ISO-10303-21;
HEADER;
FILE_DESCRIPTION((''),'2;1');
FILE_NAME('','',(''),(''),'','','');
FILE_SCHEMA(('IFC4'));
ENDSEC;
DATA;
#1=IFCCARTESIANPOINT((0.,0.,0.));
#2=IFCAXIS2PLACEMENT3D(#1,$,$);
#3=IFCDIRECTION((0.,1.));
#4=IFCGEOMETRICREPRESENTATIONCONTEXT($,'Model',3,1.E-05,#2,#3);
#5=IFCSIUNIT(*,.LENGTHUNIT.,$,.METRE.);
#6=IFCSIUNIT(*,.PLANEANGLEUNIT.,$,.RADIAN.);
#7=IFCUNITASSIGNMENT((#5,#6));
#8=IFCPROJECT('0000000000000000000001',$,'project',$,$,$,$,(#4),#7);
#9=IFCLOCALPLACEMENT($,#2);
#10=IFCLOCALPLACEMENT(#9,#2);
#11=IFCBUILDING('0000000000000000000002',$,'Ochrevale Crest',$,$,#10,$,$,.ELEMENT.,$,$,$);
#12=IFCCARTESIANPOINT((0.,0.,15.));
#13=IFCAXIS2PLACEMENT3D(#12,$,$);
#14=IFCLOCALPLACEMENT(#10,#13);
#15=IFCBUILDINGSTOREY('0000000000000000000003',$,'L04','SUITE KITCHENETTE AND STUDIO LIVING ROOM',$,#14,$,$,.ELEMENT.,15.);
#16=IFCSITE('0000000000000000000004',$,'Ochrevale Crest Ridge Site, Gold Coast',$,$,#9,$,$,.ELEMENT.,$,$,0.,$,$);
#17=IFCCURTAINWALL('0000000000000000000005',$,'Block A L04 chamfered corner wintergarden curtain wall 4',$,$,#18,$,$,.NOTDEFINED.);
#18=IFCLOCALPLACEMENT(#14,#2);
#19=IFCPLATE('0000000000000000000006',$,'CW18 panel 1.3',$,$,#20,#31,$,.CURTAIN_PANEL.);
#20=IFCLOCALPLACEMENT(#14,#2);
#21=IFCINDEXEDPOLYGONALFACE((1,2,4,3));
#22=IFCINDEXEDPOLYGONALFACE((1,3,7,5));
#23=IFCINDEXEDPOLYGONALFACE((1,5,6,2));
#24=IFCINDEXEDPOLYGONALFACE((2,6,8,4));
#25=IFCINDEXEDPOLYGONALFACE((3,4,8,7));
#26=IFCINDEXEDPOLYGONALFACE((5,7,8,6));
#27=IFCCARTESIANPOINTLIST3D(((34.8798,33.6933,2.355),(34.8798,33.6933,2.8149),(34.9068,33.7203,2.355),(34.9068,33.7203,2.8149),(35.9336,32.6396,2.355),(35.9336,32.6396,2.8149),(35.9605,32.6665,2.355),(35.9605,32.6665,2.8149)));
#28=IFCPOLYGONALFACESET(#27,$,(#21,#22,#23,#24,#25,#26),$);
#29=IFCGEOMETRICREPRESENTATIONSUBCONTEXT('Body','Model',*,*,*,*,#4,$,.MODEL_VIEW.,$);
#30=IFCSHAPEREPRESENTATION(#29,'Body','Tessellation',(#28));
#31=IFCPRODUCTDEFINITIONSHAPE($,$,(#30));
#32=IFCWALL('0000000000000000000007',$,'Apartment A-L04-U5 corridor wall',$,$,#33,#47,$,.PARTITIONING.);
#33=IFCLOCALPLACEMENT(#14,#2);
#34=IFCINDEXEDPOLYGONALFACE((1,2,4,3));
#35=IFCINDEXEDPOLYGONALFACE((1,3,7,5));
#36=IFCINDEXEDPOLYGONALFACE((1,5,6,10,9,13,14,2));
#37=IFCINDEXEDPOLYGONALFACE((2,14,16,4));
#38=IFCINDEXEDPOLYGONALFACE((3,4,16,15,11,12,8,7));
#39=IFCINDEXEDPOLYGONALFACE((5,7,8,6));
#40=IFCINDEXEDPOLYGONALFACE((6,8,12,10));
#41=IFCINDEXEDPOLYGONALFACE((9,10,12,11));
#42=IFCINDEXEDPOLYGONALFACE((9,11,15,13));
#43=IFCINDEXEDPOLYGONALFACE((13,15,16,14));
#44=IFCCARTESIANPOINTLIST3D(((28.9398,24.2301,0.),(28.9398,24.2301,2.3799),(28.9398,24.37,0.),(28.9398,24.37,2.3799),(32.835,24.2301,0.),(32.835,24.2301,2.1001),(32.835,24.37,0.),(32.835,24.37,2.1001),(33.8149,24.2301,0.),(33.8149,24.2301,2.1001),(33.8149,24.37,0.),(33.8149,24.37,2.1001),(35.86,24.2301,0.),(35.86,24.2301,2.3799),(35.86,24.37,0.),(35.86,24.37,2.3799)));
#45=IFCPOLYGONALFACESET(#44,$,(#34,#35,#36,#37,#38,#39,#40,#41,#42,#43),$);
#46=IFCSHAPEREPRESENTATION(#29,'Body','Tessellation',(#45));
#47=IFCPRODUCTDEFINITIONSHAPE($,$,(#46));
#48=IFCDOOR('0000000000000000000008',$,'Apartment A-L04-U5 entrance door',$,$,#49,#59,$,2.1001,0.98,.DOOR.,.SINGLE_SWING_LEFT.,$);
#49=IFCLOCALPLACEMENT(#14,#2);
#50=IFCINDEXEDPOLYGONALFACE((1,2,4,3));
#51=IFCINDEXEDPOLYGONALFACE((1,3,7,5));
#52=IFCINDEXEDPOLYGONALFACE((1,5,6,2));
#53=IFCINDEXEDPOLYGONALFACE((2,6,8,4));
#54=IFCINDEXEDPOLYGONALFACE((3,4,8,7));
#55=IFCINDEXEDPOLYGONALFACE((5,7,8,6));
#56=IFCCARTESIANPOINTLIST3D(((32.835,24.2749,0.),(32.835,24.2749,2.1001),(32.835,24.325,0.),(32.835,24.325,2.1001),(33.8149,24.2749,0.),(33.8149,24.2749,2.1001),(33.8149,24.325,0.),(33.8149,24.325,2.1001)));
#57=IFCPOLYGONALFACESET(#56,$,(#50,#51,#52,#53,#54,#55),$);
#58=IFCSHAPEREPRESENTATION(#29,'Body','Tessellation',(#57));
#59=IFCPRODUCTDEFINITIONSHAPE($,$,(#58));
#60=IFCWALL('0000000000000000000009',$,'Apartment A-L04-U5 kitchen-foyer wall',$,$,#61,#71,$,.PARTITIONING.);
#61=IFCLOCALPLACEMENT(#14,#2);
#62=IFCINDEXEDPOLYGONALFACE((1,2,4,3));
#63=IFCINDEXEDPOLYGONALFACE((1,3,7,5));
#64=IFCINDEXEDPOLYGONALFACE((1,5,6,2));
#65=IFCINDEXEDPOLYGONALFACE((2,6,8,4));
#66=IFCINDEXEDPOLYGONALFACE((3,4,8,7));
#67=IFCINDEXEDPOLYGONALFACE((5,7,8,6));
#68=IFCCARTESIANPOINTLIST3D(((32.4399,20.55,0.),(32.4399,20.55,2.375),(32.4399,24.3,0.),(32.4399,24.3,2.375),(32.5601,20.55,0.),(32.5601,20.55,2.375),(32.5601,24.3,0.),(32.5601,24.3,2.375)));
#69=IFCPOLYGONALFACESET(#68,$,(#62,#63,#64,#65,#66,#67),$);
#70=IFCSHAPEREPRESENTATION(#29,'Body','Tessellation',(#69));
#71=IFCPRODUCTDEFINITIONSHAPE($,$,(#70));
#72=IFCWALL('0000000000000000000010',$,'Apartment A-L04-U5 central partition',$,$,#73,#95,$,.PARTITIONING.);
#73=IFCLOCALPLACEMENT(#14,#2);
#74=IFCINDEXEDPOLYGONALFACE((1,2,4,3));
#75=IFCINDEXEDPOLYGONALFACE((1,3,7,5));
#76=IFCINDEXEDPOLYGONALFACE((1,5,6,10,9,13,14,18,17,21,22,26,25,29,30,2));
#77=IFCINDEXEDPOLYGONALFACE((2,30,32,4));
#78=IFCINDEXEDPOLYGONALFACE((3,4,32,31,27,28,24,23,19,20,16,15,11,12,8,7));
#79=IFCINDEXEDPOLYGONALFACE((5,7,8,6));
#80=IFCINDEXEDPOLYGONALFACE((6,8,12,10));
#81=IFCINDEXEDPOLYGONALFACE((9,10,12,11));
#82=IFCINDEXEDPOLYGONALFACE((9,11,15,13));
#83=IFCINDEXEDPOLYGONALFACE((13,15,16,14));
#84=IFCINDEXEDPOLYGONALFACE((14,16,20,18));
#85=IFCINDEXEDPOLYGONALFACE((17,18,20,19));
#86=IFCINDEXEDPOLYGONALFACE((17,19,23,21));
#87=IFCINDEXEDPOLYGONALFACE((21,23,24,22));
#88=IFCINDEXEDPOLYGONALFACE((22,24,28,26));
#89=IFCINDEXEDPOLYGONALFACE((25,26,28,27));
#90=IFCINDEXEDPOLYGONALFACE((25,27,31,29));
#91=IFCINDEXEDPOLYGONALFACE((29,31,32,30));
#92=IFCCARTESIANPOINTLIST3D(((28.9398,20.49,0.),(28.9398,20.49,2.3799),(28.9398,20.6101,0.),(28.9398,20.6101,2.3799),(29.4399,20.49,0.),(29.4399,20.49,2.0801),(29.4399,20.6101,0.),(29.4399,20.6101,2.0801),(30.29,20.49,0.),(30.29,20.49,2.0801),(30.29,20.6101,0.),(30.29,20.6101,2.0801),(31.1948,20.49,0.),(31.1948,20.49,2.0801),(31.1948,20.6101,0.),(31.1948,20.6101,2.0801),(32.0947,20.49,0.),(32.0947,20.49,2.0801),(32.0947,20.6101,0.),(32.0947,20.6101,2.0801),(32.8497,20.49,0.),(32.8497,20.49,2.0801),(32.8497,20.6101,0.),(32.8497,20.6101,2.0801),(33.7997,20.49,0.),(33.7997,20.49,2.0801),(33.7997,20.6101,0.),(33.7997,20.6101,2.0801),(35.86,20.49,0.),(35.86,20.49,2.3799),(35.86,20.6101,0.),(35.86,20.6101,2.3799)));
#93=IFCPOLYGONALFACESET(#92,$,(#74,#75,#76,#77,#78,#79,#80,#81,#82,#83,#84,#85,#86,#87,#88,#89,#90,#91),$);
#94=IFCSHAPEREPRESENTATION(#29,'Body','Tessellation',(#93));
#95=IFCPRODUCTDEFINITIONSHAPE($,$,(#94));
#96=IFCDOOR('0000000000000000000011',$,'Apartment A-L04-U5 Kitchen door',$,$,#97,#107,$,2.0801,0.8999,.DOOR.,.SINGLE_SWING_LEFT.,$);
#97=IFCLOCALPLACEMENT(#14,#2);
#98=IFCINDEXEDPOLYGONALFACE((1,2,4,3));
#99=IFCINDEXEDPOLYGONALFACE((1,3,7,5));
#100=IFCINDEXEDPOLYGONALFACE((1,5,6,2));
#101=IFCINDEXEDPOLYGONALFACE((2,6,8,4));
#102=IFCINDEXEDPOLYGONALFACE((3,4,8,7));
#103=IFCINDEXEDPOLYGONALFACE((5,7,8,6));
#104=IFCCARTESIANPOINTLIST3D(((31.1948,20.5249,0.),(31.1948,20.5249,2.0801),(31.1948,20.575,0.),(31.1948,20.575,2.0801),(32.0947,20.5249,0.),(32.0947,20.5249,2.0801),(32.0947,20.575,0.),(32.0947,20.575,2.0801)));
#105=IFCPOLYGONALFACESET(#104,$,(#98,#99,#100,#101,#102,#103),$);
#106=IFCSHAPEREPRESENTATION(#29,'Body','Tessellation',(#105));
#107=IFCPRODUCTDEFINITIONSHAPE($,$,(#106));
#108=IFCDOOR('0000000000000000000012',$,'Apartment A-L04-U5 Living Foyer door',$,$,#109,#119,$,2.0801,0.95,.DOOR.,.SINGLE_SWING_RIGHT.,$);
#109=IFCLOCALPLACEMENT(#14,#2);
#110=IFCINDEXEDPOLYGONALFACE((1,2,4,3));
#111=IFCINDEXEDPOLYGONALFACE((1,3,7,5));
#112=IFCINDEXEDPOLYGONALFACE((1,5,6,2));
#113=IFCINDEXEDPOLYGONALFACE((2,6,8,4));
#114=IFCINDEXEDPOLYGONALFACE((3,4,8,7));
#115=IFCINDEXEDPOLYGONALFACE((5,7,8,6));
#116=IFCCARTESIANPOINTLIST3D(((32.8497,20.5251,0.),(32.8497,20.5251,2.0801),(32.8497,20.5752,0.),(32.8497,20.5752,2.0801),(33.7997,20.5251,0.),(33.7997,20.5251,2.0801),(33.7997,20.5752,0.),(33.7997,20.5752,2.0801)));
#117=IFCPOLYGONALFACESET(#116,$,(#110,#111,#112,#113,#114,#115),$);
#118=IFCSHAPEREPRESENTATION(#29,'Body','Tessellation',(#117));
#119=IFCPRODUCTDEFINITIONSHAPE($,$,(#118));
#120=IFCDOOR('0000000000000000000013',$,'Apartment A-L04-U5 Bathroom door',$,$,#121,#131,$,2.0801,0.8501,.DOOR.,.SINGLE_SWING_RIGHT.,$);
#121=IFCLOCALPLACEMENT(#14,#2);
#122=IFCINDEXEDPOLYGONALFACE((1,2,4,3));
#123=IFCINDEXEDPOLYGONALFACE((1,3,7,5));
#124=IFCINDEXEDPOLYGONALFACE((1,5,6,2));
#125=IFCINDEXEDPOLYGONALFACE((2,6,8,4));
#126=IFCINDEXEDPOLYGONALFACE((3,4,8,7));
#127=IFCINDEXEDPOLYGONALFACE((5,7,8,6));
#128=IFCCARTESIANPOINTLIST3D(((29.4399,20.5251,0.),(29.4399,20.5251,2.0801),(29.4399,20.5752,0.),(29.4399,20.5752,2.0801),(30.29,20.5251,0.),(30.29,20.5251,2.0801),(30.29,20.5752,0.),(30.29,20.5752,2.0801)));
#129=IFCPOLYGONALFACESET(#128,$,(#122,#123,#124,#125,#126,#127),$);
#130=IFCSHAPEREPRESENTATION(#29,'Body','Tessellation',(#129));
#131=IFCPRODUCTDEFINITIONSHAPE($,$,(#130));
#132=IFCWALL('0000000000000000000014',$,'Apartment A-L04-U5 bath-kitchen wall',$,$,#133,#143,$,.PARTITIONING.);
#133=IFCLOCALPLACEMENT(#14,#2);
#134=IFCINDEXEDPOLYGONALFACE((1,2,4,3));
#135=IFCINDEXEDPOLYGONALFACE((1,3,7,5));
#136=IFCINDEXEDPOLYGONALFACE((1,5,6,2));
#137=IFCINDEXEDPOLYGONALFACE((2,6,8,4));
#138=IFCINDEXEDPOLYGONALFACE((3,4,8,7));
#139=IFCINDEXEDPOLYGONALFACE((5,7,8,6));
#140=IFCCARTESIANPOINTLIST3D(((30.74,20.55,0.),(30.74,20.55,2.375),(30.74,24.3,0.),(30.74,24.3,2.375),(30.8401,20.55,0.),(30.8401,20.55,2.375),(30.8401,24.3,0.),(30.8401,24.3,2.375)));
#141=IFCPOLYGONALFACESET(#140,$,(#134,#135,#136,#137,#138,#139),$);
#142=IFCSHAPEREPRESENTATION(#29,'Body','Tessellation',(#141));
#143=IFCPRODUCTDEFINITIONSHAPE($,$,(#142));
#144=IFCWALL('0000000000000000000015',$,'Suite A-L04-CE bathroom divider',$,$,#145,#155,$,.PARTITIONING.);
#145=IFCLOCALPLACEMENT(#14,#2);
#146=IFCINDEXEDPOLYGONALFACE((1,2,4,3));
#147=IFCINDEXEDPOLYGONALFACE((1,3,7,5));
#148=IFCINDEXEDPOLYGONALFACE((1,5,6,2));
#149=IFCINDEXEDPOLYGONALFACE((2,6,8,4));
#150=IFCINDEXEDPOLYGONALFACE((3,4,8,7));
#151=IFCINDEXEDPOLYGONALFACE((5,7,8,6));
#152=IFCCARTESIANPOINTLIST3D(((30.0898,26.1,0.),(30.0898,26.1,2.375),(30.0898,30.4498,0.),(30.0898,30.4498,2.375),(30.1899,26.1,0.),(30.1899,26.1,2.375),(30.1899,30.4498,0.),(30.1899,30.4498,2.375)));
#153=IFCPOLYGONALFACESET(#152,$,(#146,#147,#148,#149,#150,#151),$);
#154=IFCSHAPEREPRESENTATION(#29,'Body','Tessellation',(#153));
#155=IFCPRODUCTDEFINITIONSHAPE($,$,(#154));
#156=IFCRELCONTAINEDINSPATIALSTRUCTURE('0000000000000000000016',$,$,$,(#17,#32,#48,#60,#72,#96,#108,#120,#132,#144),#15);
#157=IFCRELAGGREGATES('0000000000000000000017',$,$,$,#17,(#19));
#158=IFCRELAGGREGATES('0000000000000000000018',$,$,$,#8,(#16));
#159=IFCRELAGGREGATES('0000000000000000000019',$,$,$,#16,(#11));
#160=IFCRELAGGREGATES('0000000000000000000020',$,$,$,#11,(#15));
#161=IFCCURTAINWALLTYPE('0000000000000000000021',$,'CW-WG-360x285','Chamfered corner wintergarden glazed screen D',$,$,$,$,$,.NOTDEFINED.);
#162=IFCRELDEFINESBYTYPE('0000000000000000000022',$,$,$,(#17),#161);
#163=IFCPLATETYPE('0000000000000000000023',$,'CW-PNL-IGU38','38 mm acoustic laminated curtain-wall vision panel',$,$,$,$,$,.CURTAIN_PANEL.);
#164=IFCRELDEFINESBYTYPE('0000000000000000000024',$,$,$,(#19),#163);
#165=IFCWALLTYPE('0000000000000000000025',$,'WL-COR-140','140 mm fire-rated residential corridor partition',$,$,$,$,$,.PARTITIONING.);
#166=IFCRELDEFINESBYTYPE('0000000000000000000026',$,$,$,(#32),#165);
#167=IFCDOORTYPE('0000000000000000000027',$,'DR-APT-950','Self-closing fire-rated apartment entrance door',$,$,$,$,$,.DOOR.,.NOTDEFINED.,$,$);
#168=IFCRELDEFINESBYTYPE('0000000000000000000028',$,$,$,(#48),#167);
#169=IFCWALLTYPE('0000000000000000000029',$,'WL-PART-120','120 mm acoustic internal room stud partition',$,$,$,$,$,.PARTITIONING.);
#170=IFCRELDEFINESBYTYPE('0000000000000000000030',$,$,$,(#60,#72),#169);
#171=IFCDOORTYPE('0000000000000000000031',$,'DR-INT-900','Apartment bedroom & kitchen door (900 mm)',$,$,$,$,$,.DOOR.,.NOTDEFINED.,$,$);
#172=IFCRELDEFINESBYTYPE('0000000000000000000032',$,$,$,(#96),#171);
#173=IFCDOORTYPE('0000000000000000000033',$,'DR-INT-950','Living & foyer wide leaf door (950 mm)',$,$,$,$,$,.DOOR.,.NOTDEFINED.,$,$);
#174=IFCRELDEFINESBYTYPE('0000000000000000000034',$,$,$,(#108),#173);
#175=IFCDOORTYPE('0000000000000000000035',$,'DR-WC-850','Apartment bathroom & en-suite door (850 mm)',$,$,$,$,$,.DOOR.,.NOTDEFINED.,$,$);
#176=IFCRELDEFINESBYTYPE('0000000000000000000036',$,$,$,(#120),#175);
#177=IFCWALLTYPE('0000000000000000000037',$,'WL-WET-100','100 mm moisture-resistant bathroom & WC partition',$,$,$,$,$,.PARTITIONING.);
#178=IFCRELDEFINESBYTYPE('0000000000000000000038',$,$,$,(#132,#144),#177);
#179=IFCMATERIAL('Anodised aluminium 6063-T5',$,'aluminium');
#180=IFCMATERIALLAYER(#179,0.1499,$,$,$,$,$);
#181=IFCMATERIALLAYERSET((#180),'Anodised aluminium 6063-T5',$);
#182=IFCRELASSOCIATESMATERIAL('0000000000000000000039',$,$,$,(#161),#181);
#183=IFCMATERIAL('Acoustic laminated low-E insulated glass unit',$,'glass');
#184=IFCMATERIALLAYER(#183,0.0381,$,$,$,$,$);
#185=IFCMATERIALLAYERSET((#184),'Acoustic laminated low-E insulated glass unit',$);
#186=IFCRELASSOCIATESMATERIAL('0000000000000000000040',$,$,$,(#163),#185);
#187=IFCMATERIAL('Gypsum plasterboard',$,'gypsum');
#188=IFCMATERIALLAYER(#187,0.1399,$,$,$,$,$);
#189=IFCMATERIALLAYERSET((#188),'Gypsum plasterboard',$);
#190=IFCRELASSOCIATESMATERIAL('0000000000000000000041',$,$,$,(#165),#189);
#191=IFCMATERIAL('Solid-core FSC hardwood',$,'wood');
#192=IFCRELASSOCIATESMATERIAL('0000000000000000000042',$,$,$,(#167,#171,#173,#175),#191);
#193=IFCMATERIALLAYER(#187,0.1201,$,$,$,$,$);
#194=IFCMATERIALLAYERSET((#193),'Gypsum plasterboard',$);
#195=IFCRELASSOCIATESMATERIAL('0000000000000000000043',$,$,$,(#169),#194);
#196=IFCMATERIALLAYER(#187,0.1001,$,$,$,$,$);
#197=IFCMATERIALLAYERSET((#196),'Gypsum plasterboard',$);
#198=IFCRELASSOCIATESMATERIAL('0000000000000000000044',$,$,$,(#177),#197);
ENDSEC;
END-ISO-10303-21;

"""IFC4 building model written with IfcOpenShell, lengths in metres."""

from ifc_helpers import new_model, si_unit, direction, frame, frame_2d, origin, origin_2d, place, context, subcontext, project, spatial, rectangle, extrude, material, layer, layer_set, type_object, element, fill, aggregate, save


model = new_model("IFC4")

# Units and contexts
model_context = context("Model", 3, precision=1e-05, world=origin(), true_north=direction((0.0, 1.0)))
body_context = subcontext(model_context, "Body", "Model", "MODEL_VIEW")
ifc_project = project(units=[si_unit("LENGTHUNIT", "METRE"), si_unit("PLANEANGLEUNIT", "RADIAN")], contexts=[model_context])

# Site, building, storey
site_placement = place(None, origin())
site = spatial("IfcSite", under=ifc_project, at=site_placement, Name="Ochrevale Crest Ridge Site, Gold Coast", CompositionType="ELEMENT", RefElevation=0.0)
building_placement = place(site_placement, origin())
building = spatial("IfcBuilding", under=site, at=building_placement, Name="Ochrevale Crest", CompositionType="ELEMENT")
storey_placement = place(building_placement, frame((0.0, 0.0, 15.0)))
storey = spatial("IfcBuildingStorey", under=building, at=storey_placement, Name="L04", Description="SUITE KITCHENETTE AND STUDIO LIVING ROOM", CompositionType="ELEMENT", Elevation=15.0)

# Curtain wall, plate
ifc_material_1 = material(Name="Anodised aluminium 6063-T5", Category="aluminium")
ifc_layer_1 = layer(ifc_material_1, 0.1499)
ifc_layer_set_1 = layer_set([ifc_layer_1], Name="Anodised aluminium 6063-T5")
curtain_wall_type = type_object("IfcCurtainWallType", Name="CW-WG-360x285", Description="Chamfered corner wintergarden glazed screen D", PredefinedType="NOTDEFINED", material=ifc_layer_set_1)
curtain_wall_placement = place(storey_placement, origin())
curtain_wall = element("IfcCurtainWall", 1, at=curtain_wall_placement, inside=storey, type_object=curtain_wall_type, Name="Block A L04 chamfered corner wintergarden curtain wall 4", PredefinedType="NOTDEFINED")
ifc_material_2 = material(Name="Acoustic laminated low-E insulated glass unit", Category="glass")
ifc_layer_2 = layer(ifc_material_2, 0.0381)
ifc_layer_set_2 = layer_set([ifc_layer_2], Name="Acoustic laminated low-E insulated glass unit")
plate_type = type_object("IfcPlateType", Name="CW-PNL-IGU38", Description="38 mm acoustic laminated curtain-wall vision panel", PredefinedType="CURTAIN_PANEL", material=ifc_layer_set_2)
plate_1_placement = place(storey_placement, frame((35.4202, 33.1799, 2.355), z_axis=(0.0, 0.0, 1.0), x_axis=(-0.707107, 0.707107, 0.0)))
plate_1 = element("IfcPlate", 2, at=plate_1_placement, type_object=plate_type, Name="CW18 panel 1.3", PredefinedType="CURTAIN_PANEL", context=body_context, shape_type="SweptSolid", body=[
    extrude(rectangle(XDim=1.4902, YDim=0.0381, at=origin_2d()), origin(), (0.0, 0.0, 1.0), 0.46),
])
aggregate(curtain_wall, [plate_1])

# Wall, opening, door
ifc_material_3 = material(Name="Gypsum plasterboard", Category="gypsum")
ifc_layer_3 = layer(ifc_material_3, 0.1399)
ifc_layer_set_3 = layer_set([ifc_layer_3], Name="Gypsum plasterboard")
wall_type_1 = type_object("IfcWallType", Name="WL-COR-140", Description="140 mm fire-rated residential corridor partition", PredefinedType="PARTITIONING", material=ifc_layer_set_3)
wall_1_placement = place(storey_placement, frame((28.9399, 24.3, 0.0), z_axis=(0.0, 0.0, 1.0), x_axis=(1.0, 0.0, 0.0)))
wall_1 = element("IfcWall", 3, at=wall_1_placement, inside=storey, type_object=wall_type_1, Name="Apartment A-L04-U5 corridor wall", PredefinedType="PARTITIONING", context=body_context, shape_type="SweptSolid", body=[
    extrude(rectangle(XDim=6.9202, YDim=0.1399, at=frame_2d((3.46, 0.0))), origin(), (0.0, 0.0, 1.0), 2.3799),
])
opening_1_placement = place(wall_1_placement, frame((3.895, 0.0, 0.0)))
opening_1 = element("IfcOpeningElement", 4, at=opening_1_placement, cuts=wall_1, PredefinedType="OPENING", context=body_context, shape_type="SweptSolid", body=[
    extrude(rectangle(XDim=0.98, YDim=2.1001, at=frame_2d((0.49, 1.05))), frame((0.0, 0.0801, 0.0), z_axis=(0.0, -1.0, 0.0), x_axis=(1.0, 0.0, 0.0)), (0.0, 0.0, 1.0), 0.1599),
])
ifc_material_4 = material(Name="Solid-core FSC hardwood", Category="wood")
door_type_1 = type_object("IfcDoorType", Name="DR-APT-950", Description="Self-closing fire-rated apartment entrance door", OperationType="NOTDEFINED", PredefinedType="DOOR", material=ifc_material_4)
door_1_placement = place(opening_1_placement, origin())
door_1 = element("IfcDoor", 5, at=door_1_placement, inside=storey, type_object=door_type_1, Name="Apartment A-L04-U5 entrance door", OperationType="SINGLE_SWING_LEFT", OverallHeight=2.1001, OverallWidth=0.98, PredefinedType="DOOR", context=body_context, shape_type="SweptSolid", body=[
    extrude(rectangle(XDim=0.98, YDim=2.1001, at=frame_2d((0.49, 1.05))), frame((0.0, 0.0249, 0.0), z_axis=(0.0, -1.0, 0.0), x_axis=(1.0, 0.0, 0.0)), (0.0, 0.0, 1.0), 0.05),
])
fill(opening_1, door_1)

# Wall
ifc_layer_4 = layer(ifc_material_3, 0.1201)
ifc_layer_set_4 = layer_set([ifc_layer_4], Name="Gypsum plasterboard")
wall_type_2 = type_object("IfcWallType", Name="WL-PART-120", Description="120 mm acoustic internal room stud partition", PredefinedType="PARTITIONING", material=ifc_layer_set_4)
wall_2_placement = place(storey_placement, frame((32.5, 20.55, 0.0), z_axis=(0.0, 0.0, 1.0), x_axis=(0.0, 1.0, 0.0)))
element("IfcWall", 6, at=wall_2_placement, inside=storey, type_object=wall_type_2, Name="Apartment A-L04-U5 kitchen-foyer wall", PredefinedType="PARTITIONING", context=body_context, shape_type="SweptSolid", body=[
    extrude(rectangle(XDim=3.75, YDim=0.1201, at=frame_2d((1.875, 0.0))), origin(), (0.0, 0.0, 1.0), 2.375),
])

# Wall, openings, doors
wall_3_placement = place(storey_placement, frame((28.9399, 20.55, 0.0), z_axis=(0.0, 0.0, 1.0), x_axis=(1.0, 0.0, 0.0)))
wall_3 = element("IfcWall", 7, at=wall_3_placement, inside=storey, type_object=wall_type_2, Name="Apartment A-L04-U5 central partition", PredefinedType="PARTITIONING", context=body_context, shape_type="SweptSolid", body=[
    extrude(rectangle(XDim=6.9202, YDim=0.1201, at=frame_2d((3.46, 0.0))), origin(), (0.0, 0.0, 1.0), 2.3799),
])
opening_2_placement = place(wall_3_placement, frame((1.3501, 0.0, 0.0), z_axis=(0.0, 0.0, 1.0), x_axis=(-1.0, 0.0, 0.0)))
opening_2 = element("IfcOpeningElement", 8, at=opening_2_placement, cuts=wall_3, PredefinedType="OPENING", context=body_context, shape_type="SweptSolid", body=[
    extrude(rectangle(XDim=0.8501, YDim=2.0801, at=frame_2d((0.425, 1.04))), frame((0.0, 0.0701, 0.0), z_axis=(0.0, -1.0, 0.0), x_axis=(1.0, 0.0, 0.0)), (0.0, 0.0, 1.0), 0.1401),
])
opening_3_placement = place(wall_3_placement, frame((2.2549, 0.0, 0.0)))
opening_3 = element("IfcOpeningElement", 9, at=opening_3_placement, cuts=wall_3, PredefinedType="OPENING", context=body_context, shape_type="SweptSolid", body=[
    extrude(rectangle(XDim=0.8999, YDim=2.0801, at=frame_2d((0.45, 1.04))), frame((0.0, 0.0701, 0.0), z_axis=(0.0, -1.0, 0.0), x_axis=(1.0, 0.0, 0.0)), (0.0, 0.0, 1.0), 0.1401),
])
opening_4_placement = place(wall_3_placement, frame((4.8599, 0.0, 0.0), z_axis=(0.0, 0.0, 1.0), x_axis=(-1.0, 0.0, 0.0)))
opening_4 = element("IfcOpeningElement", 10, at=opening_4_placement, cuts=wall_3, PredefinedType="OPENING", context=body_context, shape_type="SweptSolid", body=[
    extrude(rectangle(XDim=0.95, YDim=2.0801, at=frame_2d((0.4751, 1.04))), frame((0.0, 0.0701, 0.0), z_axis=(0.0, -1.0, 0.0), x_axis=(1.0, 0.0, 0.0)), (0.0, 0.0, 1.0), 0.1401),
])
door_type_2 = type_object("IfcDoorType", Name="DR-INT-900", Description="Apartment bedroom & kitchen door (900 mm)", OperationType="NOTDEFINED", PredefinedType="DOOR", material=ifc_material_4)
door_2_placement = place(opening_3_placement, origin())
door_2 = element("IfcDoor", 11, at=door_2_placement, inside=storey, type_object=door_type_2, Name="Apartment A-L04-U5 Kitchen door", OperationType="SINGLE_SWING_LEFT", OverallHeight=2.0801, OverallWidth=0.8999, PredefinedType="DOOR", context=body_context, shape_type="SweptSolid", body=[
    extrude(rectangle(XDim=0.8999, YDim=2.0801, at=frame_2d((0.45, 1.04))), frame((0.0, 0.0249, 0.0), z_axis=(0.0, -1.0, 0.0), x_axis=(1.0, 0.0, 0.0)), (0.0, 0.0, 1.0), 0.05),
])
fill(opening_3, door_2)
door_type_3 = type_object("IfcDoorType", Name="DR-INT-950", Description="Living & foyer wide leaf door (950 mm)", OperationType="NOTDEFINED", PredefinedType="DOOR", material=ifc_material_4)
door_3_placement = place(opening_4_placement, origin())
door_3 = element("IfcDoor", 12, at=door_3_placement, inside=storey, type_object=door_type_3, Name="Apartment A-L04-U5 Living Foyer door", OperationType="SINGLE_SWING_RIGHT", OverallHeight=2.0801, OverallWidth=0.95, PredefinedType="DOOR", context=body_context, shape_type="SweptSolid", body=[
    extrude(rectangle(XDim=0.95, YDim=2.0801, at=frame_2d((0.4751, 1.04))), frame((0.0, 0.0249, 0.0), z_axis=(0.0, -1.0, 0.0), x_axis=(1.0, 0.0, 0.0)), (0.0, 0.0, 1.0), 0.05),
])
fill(opening_4, door_3)
door_type_4 = type_object("IfcDoorType", Name="DR-WC-850", Description="Apartment bathroom & en-suite door (850 mm)", OperationType="NOTDEFINED", PredefinedType="DOOR", material=ifc_material_4)
door_4_placement = place(opening_2_placement, origin())
door_4 = element("IfcDoor", 13, at=door_4_placement, inside=storey, type_object=door_type_4, Name="Apartment A-L04-U5 Bathroom door", OperationType="SINGLE_SWING_RIGHT", OverallHeight=2.0801, OverallWidth=0.8501, PredefinedType="DOOR", context=body_context, shape_type="SweptSolid", body=[
    extrude(rectangle(XDim=0.8501, YDim=2.0801, at=frame_2d((0.425, 1.04))), frame((0.0, 0.0249, 0.0), z_axis=(0.0, -1.0, 0.0), x_axis=(1.0, 0.0, 0.0)), (0.0, 0.0, 1.0), 0.05),
])
fill(opening_2, door_4)

# Walls
ifc_layer_5 = layer(ifc_material_3, 0.1001)
ifc_layer_set_5 = layer_set([ifc_layer_5], Name="Gypsum plasterboard")
wall_type_3 = type_object("IfcWallType", Name="WL-WET-100", Description="100 mm moisture-resistant bathroom & WC partition", PredefinedType="PARTITIONING", material=ifc_layer_set_5)
wall_4_placement = place(storey_placement, frame((30.79, 20.55, 0.0), z_axis=(0.0, 0.0, 1.0), x_axis=(0.0, 1.0, 0.0)))
element("IfcWall", 14, at=wall_4_placement, inside=storey, type_object=wall_type_3, Name="Apartment A-L04-U5 bath-kitchen wall", PredefinedType="PARTITIONING", context=body_context, shape_type="SweptSolid", body=[
    extrude(rectangle(XDim=3.75, YDim=0.1001, at=frame_2d((1.875, 0.0))), origin(), (0.0, 0.0, 1.0), 2.375),
])
wall_5_placement = place(storey_placement, frame((30.1399, 26.1001, 0.0), z_axis=(0.0, 0.0, 1.0), x_axis=(0.0, 1.0, 0.0)))
element("IfcWall", 15, at=wall_5_placement, inside=storey, type_object=wall_type_3, Name="Suite A-L04-CE bathroom divider", PredefinedType="PARTITIONING", context=body_context, shape_type="SweptSolid", body=[
    extrude(rectangle(XDim=4.3499, YDim=0.1001, at=frame_2d((2.1748, 0.0))), origin(), (0.0, 0.0, 1.0), 2.375),
])

save(model, "model.ifc")
